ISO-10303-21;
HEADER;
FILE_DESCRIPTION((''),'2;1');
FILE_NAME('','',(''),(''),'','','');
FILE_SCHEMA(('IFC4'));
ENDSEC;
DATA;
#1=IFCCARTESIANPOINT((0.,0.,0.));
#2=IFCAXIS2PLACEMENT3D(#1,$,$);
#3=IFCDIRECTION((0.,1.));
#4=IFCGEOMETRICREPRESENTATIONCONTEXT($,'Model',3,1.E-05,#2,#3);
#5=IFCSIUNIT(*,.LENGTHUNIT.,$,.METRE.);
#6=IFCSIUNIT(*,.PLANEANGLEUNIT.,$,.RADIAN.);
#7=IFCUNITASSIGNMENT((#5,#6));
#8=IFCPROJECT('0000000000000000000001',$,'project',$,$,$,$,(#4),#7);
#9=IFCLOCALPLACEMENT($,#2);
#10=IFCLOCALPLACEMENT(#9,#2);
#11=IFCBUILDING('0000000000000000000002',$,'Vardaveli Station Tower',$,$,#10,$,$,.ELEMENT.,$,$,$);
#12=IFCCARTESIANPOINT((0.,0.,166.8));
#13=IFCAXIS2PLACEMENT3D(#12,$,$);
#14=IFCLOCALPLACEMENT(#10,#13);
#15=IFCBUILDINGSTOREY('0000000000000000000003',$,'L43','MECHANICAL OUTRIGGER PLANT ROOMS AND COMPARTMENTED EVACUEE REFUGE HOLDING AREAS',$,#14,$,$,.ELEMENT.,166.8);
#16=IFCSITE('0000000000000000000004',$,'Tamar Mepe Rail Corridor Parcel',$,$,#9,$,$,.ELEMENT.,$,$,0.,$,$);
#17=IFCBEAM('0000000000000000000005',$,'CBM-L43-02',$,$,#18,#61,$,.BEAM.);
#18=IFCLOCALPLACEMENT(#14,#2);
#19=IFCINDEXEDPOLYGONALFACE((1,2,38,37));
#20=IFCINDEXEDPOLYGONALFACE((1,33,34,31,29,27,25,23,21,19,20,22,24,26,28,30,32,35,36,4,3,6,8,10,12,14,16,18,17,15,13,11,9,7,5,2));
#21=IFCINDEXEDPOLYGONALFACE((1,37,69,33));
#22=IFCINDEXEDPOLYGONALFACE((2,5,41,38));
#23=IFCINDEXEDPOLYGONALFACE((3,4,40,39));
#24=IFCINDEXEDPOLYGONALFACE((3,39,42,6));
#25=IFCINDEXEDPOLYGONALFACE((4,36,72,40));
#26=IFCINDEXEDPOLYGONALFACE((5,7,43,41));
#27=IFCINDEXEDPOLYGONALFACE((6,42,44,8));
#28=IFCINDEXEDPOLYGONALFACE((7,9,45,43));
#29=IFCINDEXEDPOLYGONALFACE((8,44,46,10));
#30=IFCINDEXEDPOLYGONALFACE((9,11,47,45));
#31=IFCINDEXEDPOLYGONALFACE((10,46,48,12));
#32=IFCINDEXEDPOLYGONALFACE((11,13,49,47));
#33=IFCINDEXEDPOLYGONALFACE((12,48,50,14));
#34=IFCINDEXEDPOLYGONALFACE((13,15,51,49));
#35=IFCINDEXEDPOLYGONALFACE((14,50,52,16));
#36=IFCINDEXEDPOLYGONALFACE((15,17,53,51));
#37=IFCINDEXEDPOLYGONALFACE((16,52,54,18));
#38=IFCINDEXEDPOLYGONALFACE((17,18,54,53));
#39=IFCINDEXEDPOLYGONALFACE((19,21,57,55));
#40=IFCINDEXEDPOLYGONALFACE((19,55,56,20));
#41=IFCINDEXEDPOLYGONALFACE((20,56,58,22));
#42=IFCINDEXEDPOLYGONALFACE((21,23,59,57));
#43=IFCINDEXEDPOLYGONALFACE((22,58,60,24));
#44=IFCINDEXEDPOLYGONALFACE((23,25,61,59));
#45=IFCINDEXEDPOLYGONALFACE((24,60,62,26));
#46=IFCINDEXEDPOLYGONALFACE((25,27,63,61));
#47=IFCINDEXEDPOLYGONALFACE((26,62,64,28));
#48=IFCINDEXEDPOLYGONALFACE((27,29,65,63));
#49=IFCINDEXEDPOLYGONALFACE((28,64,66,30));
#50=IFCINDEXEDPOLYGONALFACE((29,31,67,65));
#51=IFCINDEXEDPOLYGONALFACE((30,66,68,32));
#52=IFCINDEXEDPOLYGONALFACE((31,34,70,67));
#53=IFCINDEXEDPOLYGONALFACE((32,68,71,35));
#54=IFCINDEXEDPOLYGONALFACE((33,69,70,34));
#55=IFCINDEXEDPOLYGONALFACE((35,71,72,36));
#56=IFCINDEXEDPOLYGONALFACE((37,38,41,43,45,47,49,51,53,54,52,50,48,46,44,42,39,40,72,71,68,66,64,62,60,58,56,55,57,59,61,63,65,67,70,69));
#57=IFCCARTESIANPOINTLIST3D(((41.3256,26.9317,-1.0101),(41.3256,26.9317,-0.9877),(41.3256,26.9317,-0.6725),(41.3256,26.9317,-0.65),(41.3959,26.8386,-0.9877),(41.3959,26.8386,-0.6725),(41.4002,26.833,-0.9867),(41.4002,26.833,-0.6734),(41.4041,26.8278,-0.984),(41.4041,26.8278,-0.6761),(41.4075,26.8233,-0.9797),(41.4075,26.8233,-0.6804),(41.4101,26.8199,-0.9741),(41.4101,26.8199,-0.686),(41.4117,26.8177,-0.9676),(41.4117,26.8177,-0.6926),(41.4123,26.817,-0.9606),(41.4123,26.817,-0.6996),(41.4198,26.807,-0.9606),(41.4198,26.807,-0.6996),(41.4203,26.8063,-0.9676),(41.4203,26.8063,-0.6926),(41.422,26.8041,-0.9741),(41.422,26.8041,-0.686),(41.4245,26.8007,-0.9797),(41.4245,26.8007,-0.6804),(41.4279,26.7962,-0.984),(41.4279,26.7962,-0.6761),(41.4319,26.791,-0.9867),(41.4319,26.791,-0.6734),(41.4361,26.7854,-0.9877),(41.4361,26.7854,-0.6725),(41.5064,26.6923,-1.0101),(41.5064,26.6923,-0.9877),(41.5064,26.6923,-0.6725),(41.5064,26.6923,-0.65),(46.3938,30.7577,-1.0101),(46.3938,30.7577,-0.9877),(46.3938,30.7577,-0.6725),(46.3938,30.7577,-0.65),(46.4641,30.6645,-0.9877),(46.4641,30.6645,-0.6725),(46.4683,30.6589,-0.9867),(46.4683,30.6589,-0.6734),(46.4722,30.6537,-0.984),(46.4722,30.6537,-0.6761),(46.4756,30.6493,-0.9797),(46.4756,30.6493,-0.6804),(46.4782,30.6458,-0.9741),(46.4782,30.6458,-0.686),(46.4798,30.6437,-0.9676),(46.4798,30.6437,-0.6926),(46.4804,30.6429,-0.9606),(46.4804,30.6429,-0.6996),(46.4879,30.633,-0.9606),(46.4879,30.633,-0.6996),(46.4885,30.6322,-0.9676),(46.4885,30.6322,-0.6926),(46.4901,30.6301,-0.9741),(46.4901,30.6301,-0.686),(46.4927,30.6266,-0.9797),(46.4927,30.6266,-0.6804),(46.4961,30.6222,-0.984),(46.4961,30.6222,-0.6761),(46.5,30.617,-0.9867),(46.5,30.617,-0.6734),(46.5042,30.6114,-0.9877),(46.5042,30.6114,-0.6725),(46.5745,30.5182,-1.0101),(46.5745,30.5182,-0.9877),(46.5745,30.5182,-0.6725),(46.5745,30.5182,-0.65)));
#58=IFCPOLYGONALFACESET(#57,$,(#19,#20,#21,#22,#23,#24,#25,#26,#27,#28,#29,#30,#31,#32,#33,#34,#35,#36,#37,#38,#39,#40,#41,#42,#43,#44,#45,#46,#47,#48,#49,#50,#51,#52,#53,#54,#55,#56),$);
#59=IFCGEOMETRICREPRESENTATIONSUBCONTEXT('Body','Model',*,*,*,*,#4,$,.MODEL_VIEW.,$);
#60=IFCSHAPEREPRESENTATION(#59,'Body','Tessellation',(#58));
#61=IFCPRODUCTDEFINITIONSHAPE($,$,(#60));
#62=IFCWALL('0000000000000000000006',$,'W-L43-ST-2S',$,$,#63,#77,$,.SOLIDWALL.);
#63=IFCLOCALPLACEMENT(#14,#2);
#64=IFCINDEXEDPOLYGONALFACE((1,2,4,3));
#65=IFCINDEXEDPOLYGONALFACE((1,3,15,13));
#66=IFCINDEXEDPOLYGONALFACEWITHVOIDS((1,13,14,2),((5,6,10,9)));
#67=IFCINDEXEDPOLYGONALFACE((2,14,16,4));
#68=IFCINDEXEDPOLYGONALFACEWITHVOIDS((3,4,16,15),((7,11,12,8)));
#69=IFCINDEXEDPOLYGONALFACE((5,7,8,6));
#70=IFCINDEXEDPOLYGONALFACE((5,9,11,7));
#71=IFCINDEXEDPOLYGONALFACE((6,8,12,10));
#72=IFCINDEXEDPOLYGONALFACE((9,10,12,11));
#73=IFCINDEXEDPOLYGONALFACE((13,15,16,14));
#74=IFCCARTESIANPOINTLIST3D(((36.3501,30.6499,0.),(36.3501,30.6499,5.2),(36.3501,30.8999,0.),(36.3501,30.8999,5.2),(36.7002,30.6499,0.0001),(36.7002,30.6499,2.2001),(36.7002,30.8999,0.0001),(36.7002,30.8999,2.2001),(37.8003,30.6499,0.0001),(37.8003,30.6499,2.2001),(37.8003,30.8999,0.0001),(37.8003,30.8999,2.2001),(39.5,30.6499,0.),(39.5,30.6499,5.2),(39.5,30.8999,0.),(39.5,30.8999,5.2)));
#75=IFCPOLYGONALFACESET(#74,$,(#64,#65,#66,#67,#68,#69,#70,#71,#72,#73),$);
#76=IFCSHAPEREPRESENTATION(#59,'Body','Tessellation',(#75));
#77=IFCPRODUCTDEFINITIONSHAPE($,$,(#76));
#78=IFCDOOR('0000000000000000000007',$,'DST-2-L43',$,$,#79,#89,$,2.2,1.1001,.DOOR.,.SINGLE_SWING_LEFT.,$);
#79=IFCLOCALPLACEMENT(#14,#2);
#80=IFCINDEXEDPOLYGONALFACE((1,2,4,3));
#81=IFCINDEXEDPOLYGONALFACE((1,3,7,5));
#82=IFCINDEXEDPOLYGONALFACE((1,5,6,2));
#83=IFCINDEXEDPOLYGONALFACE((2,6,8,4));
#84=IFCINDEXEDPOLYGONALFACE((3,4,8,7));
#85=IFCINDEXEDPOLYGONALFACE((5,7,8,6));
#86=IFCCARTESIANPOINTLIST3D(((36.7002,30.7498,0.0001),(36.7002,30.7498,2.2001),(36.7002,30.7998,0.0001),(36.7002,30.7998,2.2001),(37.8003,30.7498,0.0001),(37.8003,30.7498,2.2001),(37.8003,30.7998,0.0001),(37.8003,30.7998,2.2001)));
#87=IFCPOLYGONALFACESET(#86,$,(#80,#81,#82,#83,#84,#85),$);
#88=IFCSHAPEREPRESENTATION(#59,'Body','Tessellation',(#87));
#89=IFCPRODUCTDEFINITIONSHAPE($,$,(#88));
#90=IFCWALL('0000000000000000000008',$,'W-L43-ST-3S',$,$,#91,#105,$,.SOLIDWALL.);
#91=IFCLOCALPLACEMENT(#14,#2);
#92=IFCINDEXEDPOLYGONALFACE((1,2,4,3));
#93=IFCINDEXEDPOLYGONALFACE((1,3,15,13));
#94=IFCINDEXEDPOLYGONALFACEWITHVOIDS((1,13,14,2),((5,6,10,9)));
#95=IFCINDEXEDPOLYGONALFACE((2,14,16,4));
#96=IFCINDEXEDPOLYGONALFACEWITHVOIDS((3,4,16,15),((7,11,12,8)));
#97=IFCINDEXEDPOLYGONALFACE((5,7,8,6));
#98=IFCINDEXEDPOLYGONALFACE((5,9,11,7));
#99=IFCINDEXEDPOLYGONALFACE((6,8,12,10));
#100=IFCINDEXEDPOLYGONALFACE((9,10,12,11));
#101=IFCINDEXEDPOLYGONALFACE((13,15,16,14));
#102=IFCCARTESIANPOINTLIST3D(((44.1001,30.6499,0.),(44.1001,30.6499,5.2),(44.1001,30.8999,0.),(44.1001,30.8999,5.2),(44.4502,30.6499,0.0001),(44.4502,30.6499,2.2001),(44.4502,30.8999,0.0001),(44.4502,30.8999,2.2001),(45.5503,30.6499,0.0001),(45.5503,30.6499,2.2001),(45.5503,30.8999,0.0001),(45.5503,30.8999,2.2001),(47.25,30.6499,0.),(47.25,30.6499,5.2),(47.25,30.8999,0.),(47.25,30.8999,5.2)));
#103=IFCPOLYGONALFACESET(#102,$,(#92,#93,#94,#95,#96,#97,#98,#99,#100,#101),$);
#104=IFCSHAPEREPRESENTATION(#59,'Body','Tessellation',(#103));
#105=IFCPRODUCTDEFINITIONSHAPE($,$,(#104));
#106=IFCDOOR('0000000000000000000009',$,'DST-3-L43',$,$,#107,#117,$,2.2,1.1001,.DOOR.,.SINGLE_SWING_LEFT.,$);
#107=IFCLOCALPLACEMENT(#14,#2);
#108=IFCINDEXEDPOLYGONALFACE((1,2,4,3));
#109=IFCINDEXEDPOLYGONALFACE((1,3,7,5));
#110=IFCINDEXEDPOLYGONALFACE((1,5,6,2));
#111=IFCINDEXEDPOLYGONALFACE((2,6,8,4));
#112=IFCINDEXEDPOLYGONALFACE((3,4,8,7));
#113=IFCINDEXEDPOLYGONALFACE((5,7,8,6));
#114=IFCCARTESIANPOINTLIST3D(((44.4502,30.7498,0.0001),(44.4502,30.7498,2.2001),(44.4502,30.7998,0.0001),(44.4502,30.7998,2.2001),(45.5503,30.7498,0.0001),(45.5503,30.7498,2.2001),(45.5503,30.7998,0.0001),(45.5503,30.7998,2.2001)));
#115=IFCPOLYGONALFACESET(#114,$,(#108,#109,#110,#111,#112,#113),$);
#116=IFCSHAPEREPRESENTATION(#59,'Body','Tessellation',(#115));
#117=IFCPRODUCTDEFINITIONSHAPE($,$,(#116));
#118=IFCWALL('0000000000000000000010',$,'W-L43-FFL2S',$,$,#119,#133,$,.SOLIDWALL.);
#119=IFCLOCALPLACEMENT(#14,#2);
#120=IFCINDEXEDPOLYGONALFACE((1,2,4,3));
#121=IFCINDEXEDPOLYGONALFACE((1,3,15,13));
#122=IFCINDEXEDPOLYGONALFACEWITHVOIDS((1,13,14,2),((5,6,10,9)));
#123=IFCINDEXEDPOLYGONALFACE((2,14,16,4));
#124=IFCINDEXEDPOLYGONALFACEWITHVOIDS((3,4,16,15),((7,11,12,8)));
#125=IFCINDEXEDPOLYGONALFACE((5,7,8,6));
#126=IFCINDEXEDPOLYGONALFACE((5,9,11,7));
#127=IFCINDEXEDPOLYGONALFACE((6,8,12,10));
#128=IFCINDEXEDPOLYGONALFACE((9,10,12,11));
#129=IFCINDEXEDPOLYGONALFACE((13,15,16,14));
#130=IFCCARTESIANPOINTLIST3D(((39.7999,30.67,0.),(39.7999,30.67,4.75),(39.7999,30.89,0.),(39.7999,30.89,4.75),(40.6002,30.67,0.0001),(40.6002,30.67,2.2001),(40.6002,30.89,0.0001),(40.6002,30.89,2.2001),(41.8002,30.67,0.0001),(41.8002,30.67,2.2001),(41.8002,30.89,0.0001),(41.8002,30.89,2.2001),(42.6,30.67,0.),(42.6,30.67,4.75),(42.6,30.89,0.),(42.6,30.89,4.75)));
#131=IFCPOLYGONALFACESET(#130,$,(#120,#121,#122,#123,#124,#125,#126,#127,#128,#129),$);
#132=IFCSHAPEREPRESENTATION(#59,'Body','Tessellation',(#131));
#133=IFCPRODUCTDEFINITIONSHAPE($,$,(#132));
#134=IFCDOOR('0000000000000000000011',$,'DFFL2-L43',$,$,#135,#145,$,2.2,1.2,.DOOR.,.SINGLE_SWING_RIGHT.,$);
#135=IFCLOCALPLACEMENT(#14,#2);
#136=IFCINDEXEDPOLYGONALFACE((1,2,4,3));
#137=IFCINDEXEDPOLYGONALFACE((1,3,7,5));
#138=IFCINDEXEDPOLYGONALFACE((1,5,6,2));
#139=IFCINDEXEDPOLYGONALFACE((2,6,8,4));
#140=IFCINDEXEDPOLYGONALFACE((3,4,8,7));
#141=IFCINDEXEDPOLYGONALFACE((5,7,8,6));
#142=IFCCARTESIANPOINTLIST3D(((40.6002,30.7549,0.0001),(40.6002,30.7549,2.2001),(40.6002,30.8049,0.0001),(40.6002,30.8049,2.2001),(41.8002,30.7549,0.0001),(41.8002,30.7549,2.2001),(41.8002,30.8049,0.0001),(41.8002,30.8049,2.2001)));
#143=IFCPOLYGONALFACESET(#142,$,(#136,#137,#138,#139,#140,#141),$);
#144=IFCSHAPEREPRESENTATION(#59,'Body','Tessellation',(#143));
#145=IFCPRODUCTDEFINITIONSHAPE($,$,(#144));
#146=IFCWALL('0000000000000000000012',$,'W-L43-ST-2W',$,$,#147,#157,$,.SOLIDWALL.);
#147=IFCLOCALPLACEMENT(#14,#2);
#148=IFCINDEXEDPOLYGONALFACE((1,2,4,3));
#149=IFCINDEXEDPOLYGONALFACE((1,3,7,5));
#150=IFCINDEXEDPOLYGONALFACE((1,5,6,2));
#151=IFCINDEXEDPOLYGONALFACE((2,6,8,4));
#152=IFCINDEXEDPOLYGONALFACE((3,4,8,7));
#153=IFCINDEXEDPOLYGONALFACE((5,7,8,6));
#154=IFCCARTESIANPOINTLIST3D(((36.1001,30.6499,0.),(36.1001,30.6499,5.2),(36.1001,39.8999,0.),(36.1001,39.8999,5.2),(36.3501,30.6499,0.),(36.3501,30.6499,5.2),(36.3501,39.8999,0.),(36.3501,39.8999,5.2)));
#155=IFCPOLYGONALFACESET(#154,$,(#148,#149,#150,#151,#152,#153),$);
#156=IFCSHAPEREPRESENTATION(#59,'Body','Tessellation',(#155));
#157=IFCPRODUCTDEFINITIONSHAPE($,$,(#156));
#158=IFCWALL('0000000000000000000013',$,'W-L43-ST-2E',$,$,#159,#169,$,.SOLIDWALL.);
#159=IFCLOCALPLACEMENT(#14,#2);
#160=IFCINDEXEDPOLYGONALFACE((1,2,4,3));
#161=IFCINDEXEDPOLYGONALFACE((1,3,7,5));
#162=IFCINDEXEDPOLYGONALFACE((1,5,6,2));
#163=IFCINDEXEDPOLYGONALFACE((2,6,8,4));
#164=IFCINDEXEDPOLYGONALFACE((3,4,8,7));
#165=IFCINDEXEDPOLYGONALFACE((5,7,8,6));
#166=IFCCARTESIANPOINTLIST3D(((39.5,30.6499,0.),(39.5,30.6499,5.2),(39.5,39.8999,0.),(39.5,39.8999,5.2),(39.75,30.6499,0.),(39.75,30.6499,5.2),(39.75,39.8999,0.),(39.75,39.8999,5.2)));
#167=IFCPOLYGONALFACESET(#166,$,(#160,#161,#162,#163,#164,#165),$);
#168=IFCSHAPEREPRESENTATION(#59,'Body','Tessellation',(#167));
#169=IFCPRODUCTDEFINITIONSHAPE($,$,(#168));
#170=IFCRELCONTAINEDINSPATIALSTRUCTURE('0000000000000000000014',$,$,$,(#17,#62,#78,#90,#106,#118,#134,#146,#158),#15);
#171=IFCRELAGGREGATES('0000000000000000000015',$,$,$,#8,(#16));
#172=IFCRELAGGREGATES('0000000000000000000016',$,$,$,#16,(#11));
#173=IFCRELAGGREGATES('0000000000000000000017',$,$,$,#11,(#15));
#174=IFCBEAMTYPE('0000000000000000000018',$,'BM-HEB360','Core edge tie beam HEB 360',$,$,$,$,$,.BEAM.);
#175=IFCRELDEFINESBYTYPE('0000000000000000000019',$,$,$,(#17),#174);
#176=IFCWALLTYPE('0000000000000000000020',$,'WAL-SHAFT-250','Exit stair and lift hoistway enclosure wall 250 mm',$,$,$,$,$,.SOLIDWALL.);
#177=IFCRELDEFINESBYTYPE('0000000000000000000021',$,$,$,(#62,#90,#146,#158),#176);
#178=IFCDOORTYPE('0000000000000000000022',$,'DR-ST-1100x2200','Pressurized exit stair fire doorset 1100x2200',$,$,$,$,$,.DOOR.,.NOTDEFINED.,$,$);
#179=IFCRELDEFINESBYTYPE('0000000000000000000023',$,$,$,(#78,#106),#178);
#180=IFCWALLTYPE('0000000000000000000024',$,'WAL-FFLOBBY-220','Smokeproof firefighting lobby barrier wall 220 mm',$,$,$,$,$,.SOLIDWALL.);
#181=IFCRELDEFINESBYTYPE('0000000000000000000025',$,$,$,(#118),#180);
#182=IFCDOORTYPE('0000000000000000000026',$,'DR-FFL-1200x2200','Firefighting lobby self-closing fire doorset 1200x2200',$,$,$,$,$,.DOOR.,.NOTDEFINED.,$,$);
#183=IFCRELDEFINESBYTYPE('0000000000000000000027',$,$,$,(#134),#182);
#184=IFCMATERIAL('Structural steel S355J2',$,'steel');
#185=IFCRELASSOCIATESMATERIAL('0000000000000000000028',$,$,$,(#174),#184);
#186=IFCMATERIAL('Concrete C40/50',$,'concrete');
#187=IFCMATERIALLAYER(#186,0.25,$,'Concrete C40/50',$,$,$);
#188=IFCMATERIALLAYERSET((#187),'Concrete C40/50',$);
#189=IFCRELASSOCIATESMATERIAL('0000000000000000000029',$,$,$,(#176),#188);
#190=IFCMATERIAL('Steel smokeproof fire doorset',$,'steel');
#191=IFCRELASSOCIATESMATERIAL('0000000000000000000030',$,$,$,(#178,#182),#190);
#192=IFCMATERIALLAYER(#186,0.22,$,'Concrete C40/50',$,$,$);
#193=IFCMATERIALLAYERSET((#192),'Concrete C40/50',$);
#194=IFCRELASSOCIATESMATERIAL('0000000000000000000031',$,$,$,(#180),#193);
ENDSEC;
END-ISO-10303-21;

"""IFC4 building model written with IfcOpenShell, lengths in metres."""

from ifc_helpers import new_model, si_unit, direction, frame, frame_2d, origin, origin_2d, place, context, subcontext, project, spatial, rectangle, i_section, extrude, source, transform, mapped, material, layer, layer_set, material_profile, profile_set, type_object, element, fill, save


model = new_model("IFC4")

# Units and contexts
model_context = context("Model", 3, precision=1e-05, world=origin(), true_north=direction((0.0, 1.0)))
body_context = subcontext(model_context, "Body", "Model", "MODEL_VIEW")
ifc_project = project(units=[si_unit("LENGTHUNIT", "METRE"), si_unit("PLANEANGLEUNIT", "RADIAN")], contexts=[model_context])

# Site, building, storey
site_placement = place(None, origin())
site = spatial("IfcSite", under=ifc_project, at=site_placement, Name="Tamar Mepe Rail Corridor Parcel", CompositionType="ELEMENT", RefElevation=0.0)
building_placement = place(site_placement, origin())
building = spatial("IfcBuilding", under=site, at=building_placement, Name="Vardaveli Station Tower", CompositionType="ELEMENT")
storey_placement = place(building_placement, frame((0.0, 0.0, 166.8)))
storey = spatial("IfcBuildingStorey", under=building, at=storey_placement, Name="L43", Description="MECHANICAL OUTRIGGER PLANT ROOMS AND COMPARTMENTED EVACUEE REFUGE HOLDING AREAS", CompositionType="ELEMENT", Elevation=166.8)

# Beam
ifc_material_1 = material(Name="Structural steel S355J2", Category="steel")
ifc_material_profile = material_profile(ifc_material_1, i_section(OverallWidth=0.3, OverallDepth=0.3601, WebThickness=0.0125, FlangeThickness=0.0225, FilletRadius=0.0271, at=origin_2d()), Name="HEB 360")
ifc_profile_set = profile_set([ifc_material_profile], Name="Structural steel S355J2")
beam_type = type_object("IfcBeamType", Name="BM-HEB360", Description="Core edge tie beam HEB 360", PredefinedType="BEAM", material=ifc_profile_set)
shared_shape_1 = source(origin(), body_context, "Body", "SweptSolid", [
    extrude(i_section(OverallWidth=0.3, OverallDepth=0.3601, WebThickness=0.0125, FlangeThickness=0.0225, FilletRadius=0.0271, at=origin_2d()), origin(), (0.0, 0.0, 1.0), 6.3501),
])
beam_placement = place(storey_placement, frame((41.416, 26.812, -0.8301), z_axis=(0.798118, 0.602501, 0.0), x_axis=(-0.602501, 0.798118, 0.0)))
element("IfcBeam", 1, at=beam_placement, inside=storey, type_object=beam_type, Name="CBM-L43-02", PredefinedType="BEAM", context=body_context, shape_type="MappedRepresentation", body=[
    mapped(shared_shape_1, transform((0.0, 0.0, 0.0), scale=1.0)),
])

# Walls, openings, doors
ifc_material_2 = material(Name="Concrete C40/50", Category="concrete")
ifc_layer_1 = layer(ifc_material_2, 0.25, Name="Concrete C40/50")
ifc_layer_set_1 = layer_set([ifc_layer_1], Name="Concrete C40/50")
wall_type_1 = type_object("IfcWallType", Name="WAL-SHAFT-250", Description="Exit stair and lift hoistway enclosure wall 250 mm", PredefinedType="SOLIDWALL", material=ifc_layer_set_1)
shared_shape_2 = source(origin(), body_context, "Body", "SweptSolid", [
    extrude(rectangle(XDim=3.1499, YDim=0.25, at=frame_2d((1.575, 0.0))), origin(), (0.0, 0.0, 1.0), 5.2),
])
wall_1_placement = place(storey_placement, frame((36.3501, 30.7749, 0.0), z_axis=(0.0, 0.0, 1.0), x_axis=(1.0, 0.0, 0.0)))
wall_1 = element("IfcWall", 2, at=wall_1_placement, inside=storey, type_object=wall_type_1, Name="W-L43-ST-2S", PredefinedType="SOLIDWALL", context=body_context, shape_type="MappedRepresentation", body=[
    mapped(shared_shape_2, transform((0.0, 0.0, 0.0), scale=1.0)),
])
shared_shape_3 = source(origin(), body_context, "Body", "SweptSolid", [
    extrude(rectangle(XDim=1.1001, YDim=2.2, at=frame_2d((0.55, 1.1001))), frame((0.0, 0.135, 0.0), z_axis=(0.0, -1.0, 0.0), x_axis=(1.0, 0.0, 0.0)), (0.0, 0.0, 1.0), 0.27),
])
opening_1_placement = place(wall_1_placement, frame((0.3501, 0.0, 0.0)))
opening_1 = element("IfcOpeningElement", 3, at=opening_1_placement, cuts=wall_1, PredefinedType="OPENING", context=body_context, shape_type="MappedRepresentation", body=[
    mapped(shared_shape_3, transform((0.0, 0.0, 0.0), scale=1.0)),
])
ifc_material_3 = material(Name="Steel smokeproof fire doorset", Category="steel")
door_type_1 = type_object("IfcDoorType", Name="DR-ST-1100x2200", Description="Pressurized exit stair fire doorset 1100x2200", OperationType="NOTDEFINED", PredefinedType="DOOR", material=ifc_material_3)
shared_shape_4 = source(origin(), body_context, "Body", "SweptSolid", [
    extrude(rectangle(XDim=1.1001, YDim=2.2, at=frame_2d((0.55, 1.1001))), frame((0.0, 0.0249, 0.0), z_axis=(0.0, -1.0, 0.0), x_axis=(1.0, 0.0, 0.0)), (0.0, 0.0, 1.0), 0.05),
])
door_1_placement = place(opening_1_placement, origin())
door_1 = element("IfcDoor", 4, at=door_1_placement, inside=storey, type_object=door_type_1, Name="DST-2-L43", OperationType="SINGLE_SWING_LEFT", OverallHeight=2.2, OverallWidth=1.1001, PredefinedType="DOOR", context=body_context, shape_type="MappedRepresentation", body=[
    mapped(shared_shape_4, transform((0.0, 0.0, 0.0), scale=1.0)),
])
fill(opening_1, door_1)
wall_2_placement = place(storey_placement, frame((44.1001, 30.7749, 0.0), z_axis=(0.0, 0.0, 1.0), x_axis=(1.0, 0.0, 0.0)))
wall_2 = element("IfcWall", 5, at=wall_2_placement, inside=storey, type_object=wall_type_1, Name="W-L43-ST-3S", PredefinedType="SOLIDWALL", context=body_context, shape_type="MappedRepresentation", body=[
    mapped(shared_shape_2, transform((0.0, 0.0, 0.0), scale=1.0)),
])
opening_2_placement = place(wall_2_placement, frame((0.3501, 0.0, 0.0)))
opening_2 = element("IfcOpeningElement", 6, at=opening_2_placement, cuts=wall_2, PredefinedType="OPENING", context=body_context, shape_type="MappedRepresentation", body=[
    mapped(shared_shape_3, transform((0.0, 0.0, 0.0), scale=1.0)),
])
door_2_placement = place(opening_2_placement, origin())
door_2 = element("IfcDoor", 7, at=door_2_placement, inside=storey, type_object=door_type_1, Name="DST-3-L43", OperationType="SINGLE_SWING_LEFT", OverallHeight=2.2, OverallWidth=1.1001, PredefinedType="DOOR", context=body_context, shape_type="MappedRepresentation", body=[
    mapped(shared_shape_4, transform((0.0, 0.0, 0.0), scale=1.0)),
])
fill(opening_2, door_2)
ifc_layer_2 = layer(ifc_material_2, 0.22, Name="Concrete C40/50")
ifc_layer_set_2 = layer_set([ifc_layer_2], Name="Concrete C40/50")
wall_type_2 = type_object("IfcWallType", Name="WAL-FFLOBBY-220", Description="Smokeproof firefighting lobby barrier wall 220 mm", PredefinedType="SOLIDWALL", material=ifc_layer_set_2)
shared_shape_5 = source(origin(), body_context, "Body", "SweptSolid", [
    extrude(rectangle(XDim=2.8, YDim=0.22, at=frame_2d((1.3999, 0.0))), origin(), (0.0, 0.0, 1.0), 4.75),
])
wall_3_placement = place(storey_placement, frame((39.8, 30.78, 0.0), z_axis=(0.0, 0.0, 1.0), x_axis=(1.0, 0.0, 0.0)))
wall_3 = element("IfcWall", 8, at=wall_3_placement, inside=storey, type_object=wall_type_2, Name="W-L43-FFL2S", PredefinedType="SOLIDWALL", context=body_context, shape_type="MappedRepresentation", body=[
    mapped(shared_shape_5, transform((0.0, 0.0, 0.0), scale=1.0)),
])
shared_shape_6 = source(origin(), body_context, "Body", "SweptSolid", [
    extrude(rectangle(XDim=1.2, YDim=2.2, at=frame_2d((0.6001, 1.1001))), frame((0.0, 0.1201, 0.0), z_axis=(0.0, -1.0, 0.0), x_axis=(1.0, 0.0, 0.0)), (0.0, 0.0, 1.0), 0.24),
])
opening_3_placement = place(wall_3_placement, frame((0.8, 0.0, 0.0)))
opening_3 = element("IfcOpeningElement", 9, at=opening_3_placement, cuts=wall_3, PredefinedType="OPENING", context=body_context, shape_type="MappedRepresentation", body=[
    mapped(shared_shape_6, transform((0.0, 0.0, 0.0), scale=1.0)),
])
door_type_2 = type_object("IfcDoorType", Name="DR-FFL-1200x2200", Description="Firefighting lobby self-closing fire doorset 1200x2200", OperationType="NOTDEFINED", PredefinedType="DOOR", material=ifc_material_3)
shared_shape_7 = source(origin(), body_context, "Body", "SweptSolid", [
    extrude(rectangle(XDim=1.2, YDim=2.2, at=frame_2d((0.6001, 1.1001))), frame((0.0, 0.0249, 0.0), z_axis=(0.0, -1.0, 0.0), x_axis=(1.0, 0.0, 0.0)), (0.0, 0.0, 1.0), 0.05),
])
door_3_placement = place(opening_3_placement, origin())
door_3 = element("IfcDoor", 10, at=door_3_placement, inside=storey, type_object=door_type_2, Name="DFFL2-L43", OperationType="SINGLE_SWING_RIGHT", OverallHeight=2.2, OverallWidth=1.2, PredefinedType="DOOR", context=body_context, shape_type="MappedRepresentation", body=[
    mapped(shared_shape_7, transform((0.0, 0.0, 0.0), scale=1.0)),
])
fill(opening_3, door_3)

# Walls
shared_shape_8 = source(origin(), body_context, "Body", "SweptSolid", [
    extrude(rectangle(XDim=9.25, YDim=0.25, at=frame_2d((4.625, 0.0))), origin(), (0.0, 0.0, 1.0), 5.2),
])
for number, where, z_axis, x_axis, name in (
    (11, (36.2251, 30.6499, 0.0), (0.0, 0.0, 1.0), (0.0, 1.0, 0.0), "W-L43-ST-2W"),
    (12, (39.625, 30.6499, 0.0), (0.0, 0.0, 1.0), (0.0, 1.0, 0.0), "W-L43-ST-2E"),
):
    element("IfcWall", number, at=place(storey_placement, frame(where, z_axis=z_axis, x_axis=x_axis)), inside=storey, type_object=wall_type_1, Name=name, PredefinedType="SOLIDWALL", context=body_context, shape_type="MappedRepresentation", body=[
        mapped(shared_shape_8, transform((0.0, 0.0, 0.0), scale=1.0)),
    ])

save(model, "model.ifc")
